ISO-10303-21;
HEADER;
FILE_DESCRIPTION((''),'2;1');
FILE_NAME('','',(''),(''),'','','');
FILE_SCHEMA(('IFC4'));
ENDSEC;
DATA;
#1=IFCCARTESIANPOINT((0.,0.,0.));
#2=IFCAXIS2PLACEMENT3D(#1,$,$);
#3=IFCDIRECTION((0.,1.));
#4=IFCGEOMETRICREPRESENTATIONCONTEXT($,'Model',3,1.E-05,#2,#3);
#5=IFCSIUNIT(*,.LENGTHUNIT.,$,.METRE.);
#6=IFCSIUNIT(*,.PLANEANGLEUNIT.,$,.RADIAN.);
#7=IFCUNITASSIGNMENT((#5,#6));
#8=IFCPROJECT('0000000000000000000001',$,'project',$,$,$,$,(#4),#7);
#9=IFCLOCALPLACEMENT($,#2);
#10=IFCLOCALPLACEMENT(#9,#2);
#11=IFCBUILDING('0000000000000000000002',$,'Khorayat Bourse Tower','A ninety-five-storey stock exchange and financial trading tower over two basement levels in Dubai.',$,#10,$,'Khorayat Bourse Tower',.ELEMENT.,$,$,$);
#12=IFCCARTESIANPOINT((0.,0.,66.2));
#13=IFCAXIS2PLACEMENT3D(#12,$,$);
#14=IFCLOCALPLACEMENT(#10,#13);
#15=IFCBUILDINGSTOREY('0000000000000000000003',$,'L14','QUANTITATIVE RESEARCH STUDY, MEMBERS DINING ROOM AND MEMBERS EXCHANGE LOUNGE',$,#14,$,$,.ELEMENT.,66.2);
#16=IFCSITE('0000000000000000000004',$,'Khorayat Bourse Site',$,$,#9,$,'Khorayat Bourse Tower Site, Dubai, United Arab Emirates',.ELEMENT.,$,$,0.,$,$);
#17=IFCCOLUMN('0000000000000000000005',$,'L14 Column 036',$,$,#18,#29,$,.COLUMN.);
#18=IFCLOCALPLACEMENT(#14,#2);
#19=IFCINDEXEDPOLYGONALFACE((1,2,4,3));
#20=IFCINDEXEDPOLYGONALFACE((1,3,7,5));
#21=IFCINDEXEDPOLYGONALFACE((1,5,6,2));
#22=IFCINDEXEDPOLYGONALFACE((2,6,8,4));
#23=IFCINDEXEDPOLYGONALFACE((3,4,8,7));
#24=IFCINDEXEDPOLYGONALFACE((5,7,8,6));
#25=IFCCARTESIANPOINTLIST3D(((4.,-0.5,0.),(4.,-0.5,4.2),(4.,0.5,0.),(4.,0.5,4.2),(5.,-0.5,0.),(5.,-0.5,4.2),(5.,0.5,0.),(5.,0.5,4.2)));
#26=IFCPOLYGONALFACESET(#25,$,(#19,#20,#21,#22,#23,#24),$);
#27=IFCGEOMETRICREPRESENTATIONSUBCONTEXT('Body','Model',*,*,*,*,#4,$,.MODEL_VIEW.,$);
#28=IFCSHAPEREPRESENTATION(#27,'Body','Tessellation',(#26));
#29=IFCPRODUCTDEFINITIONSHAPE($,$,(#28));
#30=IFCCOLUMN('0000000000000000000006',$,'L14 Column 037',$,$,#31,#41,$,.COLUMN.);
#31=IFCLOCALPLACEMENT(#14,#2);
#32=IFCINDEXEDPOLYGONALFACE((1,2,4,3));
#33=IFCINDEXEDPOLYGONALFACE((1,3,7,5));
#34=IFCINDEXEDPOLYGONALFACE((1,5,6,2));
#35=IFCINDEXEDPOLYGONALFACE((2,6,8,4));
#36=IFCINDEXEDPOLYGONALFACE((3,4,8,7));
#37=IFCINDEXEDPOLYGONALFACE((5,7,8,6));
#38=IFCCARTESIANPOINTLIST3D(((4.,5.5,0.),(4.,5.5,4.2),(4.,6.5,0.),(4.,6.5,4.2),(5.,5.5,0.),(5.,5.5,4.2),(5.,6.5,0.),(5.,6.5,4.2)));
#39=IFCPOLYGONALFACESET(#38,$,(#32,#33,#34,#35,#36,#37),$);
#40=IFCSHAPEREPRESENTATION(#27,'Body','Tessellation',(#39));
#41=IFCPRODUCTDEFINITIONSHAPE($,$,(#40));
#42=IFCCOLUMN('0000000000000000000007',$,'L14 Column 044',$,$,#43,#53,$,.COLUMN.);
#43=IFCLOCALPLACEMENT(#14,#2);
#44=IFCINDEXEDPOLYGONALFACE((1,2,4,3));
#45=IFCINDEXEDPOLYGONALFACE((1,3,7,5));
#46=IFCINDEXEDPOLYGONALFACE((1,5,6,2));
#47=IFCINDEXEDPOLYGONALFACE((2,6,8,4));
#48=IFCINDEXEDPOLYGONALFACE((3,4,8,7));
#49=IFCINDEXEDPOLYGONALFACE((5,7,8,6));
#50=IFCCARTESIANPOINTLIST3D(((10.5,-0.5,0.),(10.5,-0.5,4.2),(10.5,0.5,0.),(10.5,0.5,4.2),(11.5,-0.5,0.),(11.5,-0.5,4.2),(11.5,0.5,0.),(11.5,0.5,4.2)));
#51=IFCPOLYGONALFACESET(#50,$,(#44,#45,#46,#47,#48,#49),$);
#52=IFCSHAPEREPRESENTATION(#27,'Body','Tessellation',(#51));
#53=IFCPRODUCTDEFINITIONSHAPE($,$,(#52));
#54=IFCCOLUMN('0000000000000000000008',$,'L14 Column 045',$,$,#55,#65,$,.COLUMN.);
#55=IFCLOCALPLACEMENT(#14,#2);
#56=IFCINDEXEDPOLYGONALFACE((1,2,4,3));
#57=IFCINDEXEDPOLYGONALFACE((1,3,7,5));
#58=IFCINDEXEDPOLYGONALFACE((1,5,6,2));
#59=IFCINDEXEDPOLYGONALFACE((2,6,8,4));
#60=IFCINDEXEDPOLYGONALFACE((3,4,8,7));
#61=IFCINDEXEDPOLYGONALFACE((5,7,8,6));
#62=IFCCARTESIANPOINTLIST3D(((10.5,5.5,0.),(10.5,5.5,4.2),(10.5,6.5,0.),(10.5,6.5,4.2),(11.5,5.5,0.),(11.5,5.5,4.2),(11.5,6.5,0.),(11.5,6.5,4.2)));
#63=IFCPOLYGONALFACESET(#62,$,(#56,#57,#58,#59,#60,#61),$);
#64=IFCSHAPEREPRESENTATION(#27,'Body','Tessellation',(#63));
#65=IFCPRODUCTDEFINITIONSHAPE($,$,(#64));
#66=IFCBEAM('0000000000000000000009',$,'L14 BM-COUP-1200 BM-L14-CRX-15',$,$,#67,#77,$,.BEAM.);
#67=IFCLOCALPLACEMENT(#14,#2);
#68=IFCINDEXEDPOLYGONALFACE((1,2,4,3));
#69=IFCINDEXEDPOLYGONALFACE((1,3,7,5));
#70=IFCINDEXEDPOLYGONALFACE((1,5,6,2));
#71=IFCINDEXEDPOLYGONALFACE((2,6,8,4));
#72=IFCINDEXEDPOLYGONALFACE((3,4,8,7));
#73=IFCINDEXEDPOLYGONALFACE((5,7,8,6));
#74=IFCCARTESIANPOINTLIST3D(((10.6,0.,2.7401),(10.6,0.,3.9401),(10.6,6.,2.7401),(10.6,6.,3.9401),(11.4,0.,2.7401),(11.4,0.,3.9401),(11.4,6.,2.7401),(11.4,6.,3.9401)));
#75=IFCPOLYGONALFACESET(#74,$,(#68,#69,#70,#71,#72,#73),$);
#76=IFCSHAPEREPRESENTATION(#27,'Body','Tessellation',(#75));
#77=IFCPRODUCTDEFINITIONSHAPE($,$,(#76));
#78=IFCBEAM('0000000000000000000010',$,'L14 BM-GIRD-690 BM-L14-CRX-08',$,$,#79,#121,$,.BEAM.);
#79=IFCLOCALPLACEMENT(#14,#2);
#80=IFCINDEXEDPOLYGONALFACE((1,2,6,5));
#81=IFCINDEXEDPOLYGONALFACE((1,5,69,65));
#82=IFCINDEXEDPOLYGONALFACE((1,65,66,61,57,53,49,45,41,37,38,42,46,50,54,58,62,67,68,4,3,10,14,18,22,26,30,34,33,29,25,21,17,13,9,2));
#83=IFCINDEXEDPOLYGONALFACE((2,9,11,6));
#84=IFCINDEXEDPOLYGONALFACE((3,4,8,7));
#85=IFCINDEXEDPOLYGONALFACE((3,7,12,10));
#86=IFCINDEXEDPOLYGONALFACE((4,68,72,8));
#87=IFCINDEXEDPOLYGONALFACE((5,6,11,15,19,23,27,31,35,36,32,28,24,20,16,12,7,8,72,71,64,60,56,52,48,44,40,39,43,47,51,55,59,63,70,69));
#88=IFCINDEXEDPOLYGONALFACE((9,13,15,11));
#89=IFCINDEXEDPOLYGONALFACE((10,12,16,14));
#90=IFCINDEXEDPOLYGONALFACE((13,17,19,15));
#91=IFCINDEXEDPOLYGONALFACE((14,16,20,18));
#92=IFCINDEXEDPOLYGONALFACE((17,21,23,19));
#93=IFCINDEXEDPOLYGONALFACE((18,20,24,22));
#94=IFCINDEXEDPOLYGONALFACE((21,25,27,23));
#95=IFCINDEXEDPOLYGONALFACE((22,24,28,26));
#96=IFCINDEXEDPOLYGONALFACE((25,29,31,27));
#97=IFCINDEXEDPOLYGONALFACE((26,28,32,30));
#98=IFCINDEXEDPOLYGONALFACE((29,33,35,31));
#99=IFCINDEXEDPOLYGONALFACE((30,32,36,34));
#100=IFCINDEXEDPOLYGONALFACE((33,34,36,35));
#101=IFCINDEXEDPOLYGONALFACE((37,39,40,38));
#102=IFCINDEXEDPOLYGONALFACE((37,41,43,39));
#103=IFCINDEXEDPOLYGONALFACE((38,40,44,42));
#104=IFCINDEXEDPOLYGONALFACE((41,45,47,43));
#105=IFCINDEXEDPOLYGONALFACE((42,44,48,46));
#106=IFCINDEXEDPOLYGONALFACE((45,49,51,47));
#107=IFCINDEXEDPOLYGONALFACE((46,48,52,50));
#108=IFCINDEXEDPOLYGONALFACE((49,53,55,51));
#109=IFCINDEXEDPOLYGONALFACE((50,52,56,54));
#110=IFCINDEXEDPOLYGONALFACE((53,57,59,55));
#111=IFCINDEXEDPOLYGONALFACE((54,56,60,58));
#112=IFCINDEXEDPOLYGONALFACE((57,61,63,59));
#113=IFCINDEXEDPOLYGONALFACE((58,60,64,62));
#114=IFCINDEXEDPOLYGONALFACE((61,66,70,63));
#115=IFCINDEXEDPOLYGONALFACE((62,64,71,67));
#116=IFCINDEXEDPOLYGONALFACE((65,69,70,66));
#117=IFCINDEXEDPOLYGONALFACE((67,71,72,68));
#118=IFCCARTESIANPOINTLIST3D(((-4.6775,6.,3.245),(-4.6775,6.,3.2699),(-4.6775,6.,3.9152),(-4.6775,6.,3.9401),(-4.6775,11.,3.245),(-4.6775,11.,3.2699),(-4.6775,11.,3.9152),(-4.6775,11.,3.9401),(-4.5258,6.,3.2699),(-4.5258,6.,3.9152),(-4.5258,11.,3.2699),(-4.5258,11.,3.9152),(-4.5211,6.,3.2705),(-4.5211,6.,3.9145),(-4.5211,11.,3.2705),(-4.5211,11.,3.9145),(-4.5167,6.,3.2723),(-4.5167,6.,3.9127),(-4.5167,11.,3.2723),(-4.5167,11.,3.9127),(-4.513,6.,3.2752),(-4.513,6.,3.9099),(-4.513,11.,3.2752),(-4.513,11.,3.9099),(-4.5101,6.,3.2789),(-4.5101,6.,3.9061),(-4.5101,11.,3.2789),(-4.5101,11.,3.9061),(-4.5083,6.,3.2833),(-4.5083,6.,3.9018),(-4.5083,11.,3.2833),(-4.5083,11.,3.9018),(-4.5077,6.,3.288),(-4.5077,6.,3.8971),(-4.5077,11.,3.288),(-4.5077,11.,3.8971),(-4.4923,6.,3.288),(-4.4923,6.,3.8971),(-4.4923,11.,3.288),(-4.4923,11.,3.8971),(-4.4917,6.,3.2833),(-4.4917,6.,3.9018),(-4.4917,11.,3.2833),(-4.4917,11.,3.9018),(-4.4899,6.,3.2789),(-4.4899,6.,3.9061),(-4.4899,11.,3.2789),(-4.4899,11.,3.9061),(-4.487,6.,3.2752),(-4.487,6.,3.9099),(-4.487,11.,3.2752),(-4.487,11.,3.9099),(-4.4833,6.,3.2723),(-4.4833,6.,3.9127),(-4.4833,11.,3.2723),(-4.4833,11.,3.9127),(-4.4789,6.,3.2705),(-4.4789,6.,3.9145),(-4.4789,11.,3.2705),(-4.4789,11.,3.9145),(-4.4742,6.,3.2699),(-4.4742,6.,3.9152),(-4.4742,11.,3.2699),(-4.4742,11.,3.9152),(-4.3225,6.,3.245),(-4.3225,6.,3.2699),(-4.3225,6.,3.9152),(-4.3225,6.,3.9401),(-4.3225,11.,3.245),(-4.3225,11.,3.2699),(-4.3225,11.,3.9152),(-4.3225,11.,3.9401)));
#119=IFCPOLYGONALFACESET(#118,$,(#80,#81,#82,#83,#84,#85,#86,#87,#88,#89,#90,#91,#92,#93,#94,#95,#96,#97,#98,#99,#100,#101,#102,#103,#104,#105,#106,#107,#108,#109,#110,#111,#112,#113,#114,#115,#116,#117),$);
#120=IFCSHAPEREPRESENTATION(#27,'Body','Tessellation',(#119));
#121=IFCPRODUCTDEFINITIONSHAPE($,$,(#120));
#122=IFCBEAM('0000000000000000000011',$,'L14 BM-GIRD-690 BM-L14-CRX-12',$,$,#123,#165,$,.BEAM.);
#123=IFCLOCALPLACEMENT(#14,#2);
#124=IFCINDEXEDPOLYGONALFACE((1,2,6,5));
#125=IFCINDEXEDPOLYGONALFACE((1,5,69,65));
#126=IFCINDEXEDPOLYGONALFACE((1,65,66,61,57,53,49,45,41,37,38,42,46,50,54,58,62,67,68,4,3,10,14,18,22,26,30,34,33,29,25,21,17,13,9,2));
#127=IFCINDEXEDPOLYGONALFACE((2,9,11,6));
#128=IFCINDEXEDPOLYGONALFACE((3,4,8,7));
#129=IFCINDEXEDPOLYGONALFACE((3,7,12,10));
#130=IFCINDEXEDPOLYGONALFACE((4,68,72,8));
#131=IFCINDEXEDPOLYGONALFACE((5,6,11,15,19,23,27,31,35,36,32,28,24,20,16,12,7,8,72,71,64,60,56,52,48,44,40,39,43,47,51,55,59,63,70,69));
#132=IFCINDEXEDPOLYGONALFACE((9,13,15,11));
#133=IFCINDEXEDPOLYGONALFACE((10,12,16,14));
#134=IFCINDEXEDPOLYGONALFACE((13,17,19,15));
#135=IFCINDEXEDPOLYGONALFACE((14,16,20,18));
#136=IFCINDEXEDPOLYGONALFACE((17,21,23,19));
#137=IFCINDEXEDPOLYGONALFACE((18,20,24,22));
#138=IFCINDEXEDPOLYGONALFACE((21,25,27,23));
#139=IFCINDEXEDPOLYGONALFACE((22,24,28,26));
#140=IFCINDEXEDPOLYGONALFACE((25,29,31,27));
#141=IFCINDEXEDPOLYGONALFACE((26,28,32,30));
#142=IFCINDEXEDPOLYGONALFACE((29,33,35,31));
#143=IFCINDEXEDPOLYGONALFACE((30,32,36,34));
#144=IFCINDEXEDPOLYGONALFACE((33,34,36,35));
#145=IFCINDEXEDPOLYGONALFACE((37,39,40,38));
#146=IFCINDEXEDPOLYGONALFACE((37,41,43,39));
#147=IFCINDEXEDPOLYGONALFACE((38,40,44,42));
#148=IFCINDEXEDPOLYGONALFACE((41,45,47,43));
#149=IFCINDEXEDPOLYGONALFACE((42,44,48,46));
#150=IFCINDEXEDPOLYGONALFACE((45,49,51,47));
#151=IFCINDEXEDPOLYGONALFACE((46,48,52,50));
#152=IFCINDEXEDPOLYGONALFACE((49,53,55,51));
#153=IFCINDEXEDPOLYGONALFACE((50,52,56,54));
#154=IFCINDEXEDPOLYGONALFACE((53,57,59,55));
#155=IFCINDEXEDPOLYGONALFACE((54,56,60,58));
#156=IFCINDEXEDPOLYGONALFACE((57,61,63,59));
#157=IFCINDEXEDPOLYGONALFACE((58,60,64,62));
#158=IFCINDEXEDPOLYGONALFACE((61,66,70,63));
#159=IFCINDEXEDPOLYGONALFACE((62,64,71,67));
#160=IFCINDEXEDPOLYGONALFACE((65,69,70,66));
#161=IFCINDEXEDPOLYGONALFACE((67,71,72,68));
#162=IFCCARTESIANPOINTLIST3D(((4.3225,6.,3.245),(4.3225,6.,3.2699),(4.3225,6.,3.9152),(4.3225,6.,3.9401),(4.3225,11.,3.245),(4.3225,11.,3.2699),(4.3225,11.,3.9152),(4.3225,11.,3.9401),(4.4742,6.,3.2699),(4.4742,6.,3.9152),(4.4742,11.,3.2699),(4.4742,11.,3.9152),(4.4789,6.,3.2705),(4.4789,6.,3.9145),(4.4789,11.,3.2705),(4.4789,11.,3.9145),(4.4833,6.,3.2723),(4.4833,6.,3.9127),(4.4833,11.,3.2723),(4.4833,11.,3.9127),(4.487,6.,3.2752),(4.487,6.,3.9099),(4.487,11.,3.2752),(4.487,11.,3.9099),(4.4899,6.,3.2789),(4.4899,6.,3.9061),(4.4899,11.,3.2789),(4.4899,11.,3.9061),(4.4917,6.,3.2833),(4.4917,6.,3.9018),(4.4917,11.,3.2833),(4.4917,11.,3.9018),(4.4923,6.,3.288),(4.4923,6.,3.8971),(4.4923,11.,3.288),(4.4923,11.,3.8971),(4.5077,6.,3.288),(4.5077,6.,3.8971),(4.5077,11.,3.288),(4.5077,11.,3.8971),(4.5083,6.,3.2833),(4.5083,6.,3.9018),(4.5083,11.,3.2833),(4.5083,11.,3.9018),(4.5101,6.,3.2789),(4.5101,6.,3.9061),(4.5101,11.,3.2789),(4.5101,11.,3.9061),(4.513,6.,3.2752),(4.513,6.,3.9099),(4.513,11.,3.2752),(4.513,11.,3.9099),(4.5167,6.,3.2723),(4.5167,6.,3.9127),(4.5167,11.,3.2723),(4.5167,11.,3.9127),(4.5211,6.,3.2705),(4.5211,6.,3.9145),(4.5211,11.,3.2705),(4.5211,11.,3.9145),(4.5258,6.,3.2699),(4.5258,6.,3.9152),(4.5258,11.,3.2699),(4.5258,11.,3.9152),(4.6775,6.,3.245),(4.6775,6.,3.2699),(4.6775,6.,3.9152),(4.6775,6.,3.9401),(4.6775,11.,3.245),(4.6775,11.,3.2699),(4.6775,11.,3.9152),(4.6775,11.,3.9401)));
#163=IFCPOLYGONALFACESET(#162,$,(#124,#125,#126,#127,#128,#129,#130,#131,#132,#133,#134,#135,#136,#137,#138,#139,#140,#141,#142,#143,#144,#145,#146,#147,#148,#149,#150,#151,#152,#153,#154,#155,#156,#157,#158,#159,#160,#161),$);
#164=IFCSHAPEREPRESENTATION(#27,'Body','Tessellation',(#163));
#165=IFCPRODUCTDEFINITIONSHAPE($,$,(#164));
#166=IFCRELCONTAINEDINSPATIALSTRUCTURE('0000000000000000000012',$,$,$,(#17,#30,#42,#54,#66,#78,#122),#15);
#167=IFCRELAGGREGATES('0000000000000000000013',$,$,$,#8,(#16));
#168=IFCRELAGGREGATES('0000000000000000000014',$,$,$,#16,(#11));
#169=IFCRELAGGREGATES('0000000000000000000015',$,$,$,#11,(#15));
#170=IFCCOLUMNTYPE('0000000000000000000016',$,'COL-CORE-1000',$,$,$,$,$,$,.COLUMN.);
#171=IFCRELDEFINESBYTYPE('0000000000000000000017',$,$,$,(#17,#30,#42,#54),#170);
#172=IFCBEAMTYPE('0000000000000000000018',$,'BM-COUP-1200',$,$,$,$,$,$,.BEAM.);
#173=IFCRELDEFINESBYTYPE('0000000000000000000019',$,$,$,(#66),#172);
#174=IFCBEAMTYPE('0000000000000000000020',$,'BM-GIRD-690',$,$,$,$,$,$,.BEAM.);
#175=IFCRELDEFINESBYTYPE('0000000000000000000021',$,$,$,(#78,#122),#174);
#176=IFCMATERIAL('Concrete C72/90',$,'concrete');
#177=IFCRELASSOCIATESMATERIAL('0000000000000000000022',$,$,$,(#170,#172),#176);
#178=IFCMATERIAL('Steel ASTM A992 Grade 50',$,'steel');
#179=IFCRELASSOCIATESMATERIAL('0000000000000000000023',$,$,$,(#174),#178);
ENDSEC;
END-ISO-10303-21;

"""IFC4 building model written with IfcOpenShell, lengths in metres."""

from ifc_helpers import new_model, si_unit, direction, frame, origin, origin_2d, place, context, subcontext, project, spatial, rectangle, i_section, extrude, source, transform, mapped, material, material_profile, profile_set, type_object, element, save


model = new_model("IFC4")

# Units and contexts
model_context = context("Model", 3, precision=1e-05, world=origin(), true_north=direction((0.0, 1.0)))
body_context = subcontext(model_context, "Body", "Model", "MODEL_VIEW")
ifc_project = project(units=[si_unit("LENGTHUNIT", "METRE"), si_unit("PLANEANGLEUNIT", "RADIAN")], contexts=[model_context])

# Site, building, storey
site_placement = place(None, origin())
site = spatial("IfcSite", under=ifc_project, at=site_placement, Name="Khorayat Bourse Site", LongName="Khorayat Bourse Tower Site, Dubai, United Arab Emirates", CompositionType="ELEMENT", RefElevation=0.0)
building_placement = place(site_placement, origin())
building = spatial("IfcBuilding", under=site, at=building_placement, Name="Khorayat Bourse Tower", Description="A ninety-five-storey stock exchange and financial trading tower over two basement levels in Dubai.", LongName="Khorayat Bourse Tower", CompositionType="ELEMENT")
storey_placement = place(building_placement, frame((0.0, 0.0, 66.2)))
storey = spatial("IfcBuildingStorey", under=building, at=storey_placement, Name="L14", Description="QUANTITATIVE RESEARCH STUDY, MEMBERS DINING ROOM AND MEMBERS EXCHANGE LOUNGE", CompositionType="ELEMENT", Elevation=66.2)

# Columns
ifc_material_1 = material(Name="Concrete C72/90", Category="concrete")
ifc_material_profile_1 = material_profile(ifc_material_1, rectangle(XDim=1.0, YDim=1.0, at=origin_2d()), Name="RC 1000x1000")
ifc_profile_set_1 = profile_set([ifc_material_profile_1], Name="Concrete C72/90")
column_type = type_object("IfcColumnType", Name="COL-CORE-1000", PredefinedType="COLUMN", material=ifc_profile_set_1)
shared_shape_1 = source(origin(), body_context, "Body", "SweptSolid", [
    extrude(rectangle(XDim=1.0, YDim=1.0, at=origin_2d()), origin(), (0.0, 0.0, 1.0), 4.2),
])
for number, where, z_axis, x_axis, name in (
    (1, (4.5, 0.0, 0.0), (0.0, 0.0, 1.0), (1.0, 0.0, 0.0), "L14 Column 036"),
    (2, (4.5, 6.0, 0.0), (0.0, 0.0, 1.0), (1.0, 0.0, 0.0), "L14 Column 037"),
    (3, (11.0, 0.0, 0.0), (0.0, 0.0, 1.0), (1.0, 0.0, 0.0), "L14 Column 044"),
    (4, (11.0, 6.0, 0.0), (0.0, 0.0, 1.0), (1.0, 0.0, 0.0), "L14 Column 045"),
):
    element("IfcColumn", number, at=place(storey_placement, frame(where, z_axis=z_axis, x_axis=x_axis)), inside=storey, type_object=column_type, Name=name, PredefinedType="COLUMN", context=body_context, shape_type="MappedRepresentation", body=[
        mapped(shared_shape_1, transform((0.0, 0.0, 0.0), scale=1.0)),
    ])

# Beams
ifc_material_profile_2 = material_profile(ifc_material_1, rectangle(XDim=0.8, YDim=1.2, at=origin_2d()), Name="RC 800x1200")
ifc_profile_set_2 = profile_set([ifc_material_profile_2], Name="Concrete C72/90")
beam_type_1 = type_object("IfcBeamType", Name="BM-COUP-1200", PredefinedType="BEAM", material=ifc_profile_set_2)
shared_shape_2 = source(origin(), body_context, "Body", "SweptSolid", [
    extrude(rectangle(XDim=0.8, YDim=1.2, at=origin_2d()), origin(), (0.0, 0.0, 1.0), 6.0),
])
beam_1_placement = place(storey_placement, frame((11.0, 0.0, 3.3401), z_axis=(0.0, 1.0, 0.0), x_axis=(-1.0, 0.0, 0.0)))
element("IfcBeam", 5, at=beam_1_placement, inside=storey, type_object=beam_type_1, Name="L14 BM-COUP-1200 BM-L14-CRX-15", PredefinedType="BEAM", context=body_context, shape_type="MappedRepresentation", body=[
    mapped(shared_shape_2, transform((0.0, 0.0, 0.0), scale=1.0)),
])
ifc_material_2 = material(Name="Steel ASTM A992 Grade 50", Category="steel")
ifc_material_profile_3 = material_profile(ifc_material_2, i_section(OverallWidth=0.355, OverallDepth=0.6951, WebThickness=0.0154, FlangeThickness=0.0249, FilletRadius=0.0181, at=origin_2d()), Name="W690X217")
ifc_profile_set_3 = profile_set([ifc_material_profile_3], Name="Steel ASTM A992 Grade 50")
beam_type_2 = type_object("IfcBeamType", Name="BM-GIRD-690", PredefinedType="BEAM", material=ifc_profile_set_3)
shared_shape_3 = source(origin(), body_context, "Body", "SweptSolid", [
    extrude(i_section(OverallWidth=0.355, OverallDepth=0.6951, WebThickness=0.0154, FlangeThickness=0.0249, FilletRadius=0.0181, at=origin_2d()), origin(), (0.0, 0.0, 1.0), 5.0),
])
for number, where, z_axis, x_axis, name in (
    (6, (-4.5, 6.0, 3.5925), (0.0, 1.0, 0.0), (-1.0, 0.0, 0.0), "L14 BM-GIRD-690 BM-L14-CRX-08"),
    (7, (4.5, 6.0, 3.5925), (0.0, 1.0, 0.0), (-1.0, 0.0, 0.0), "L14 BM-GIRD-690 BM-L14-CRX-12"),
):
    element("IfcBeam", number, at=place(storey_placement, frame(where, z_axis=z_axis, x_axis=x_axis)), inside=storey, type_object=beam_type_2, Name=name, PredefinedType="BEAM", context=body_context, shape_type="MappedRepresentation", body=[
        mapped(shared_shape_3, transform((0.0, 0.0, 0.0), scale=1.0)),
    ])

save(model, "model.ifc")
